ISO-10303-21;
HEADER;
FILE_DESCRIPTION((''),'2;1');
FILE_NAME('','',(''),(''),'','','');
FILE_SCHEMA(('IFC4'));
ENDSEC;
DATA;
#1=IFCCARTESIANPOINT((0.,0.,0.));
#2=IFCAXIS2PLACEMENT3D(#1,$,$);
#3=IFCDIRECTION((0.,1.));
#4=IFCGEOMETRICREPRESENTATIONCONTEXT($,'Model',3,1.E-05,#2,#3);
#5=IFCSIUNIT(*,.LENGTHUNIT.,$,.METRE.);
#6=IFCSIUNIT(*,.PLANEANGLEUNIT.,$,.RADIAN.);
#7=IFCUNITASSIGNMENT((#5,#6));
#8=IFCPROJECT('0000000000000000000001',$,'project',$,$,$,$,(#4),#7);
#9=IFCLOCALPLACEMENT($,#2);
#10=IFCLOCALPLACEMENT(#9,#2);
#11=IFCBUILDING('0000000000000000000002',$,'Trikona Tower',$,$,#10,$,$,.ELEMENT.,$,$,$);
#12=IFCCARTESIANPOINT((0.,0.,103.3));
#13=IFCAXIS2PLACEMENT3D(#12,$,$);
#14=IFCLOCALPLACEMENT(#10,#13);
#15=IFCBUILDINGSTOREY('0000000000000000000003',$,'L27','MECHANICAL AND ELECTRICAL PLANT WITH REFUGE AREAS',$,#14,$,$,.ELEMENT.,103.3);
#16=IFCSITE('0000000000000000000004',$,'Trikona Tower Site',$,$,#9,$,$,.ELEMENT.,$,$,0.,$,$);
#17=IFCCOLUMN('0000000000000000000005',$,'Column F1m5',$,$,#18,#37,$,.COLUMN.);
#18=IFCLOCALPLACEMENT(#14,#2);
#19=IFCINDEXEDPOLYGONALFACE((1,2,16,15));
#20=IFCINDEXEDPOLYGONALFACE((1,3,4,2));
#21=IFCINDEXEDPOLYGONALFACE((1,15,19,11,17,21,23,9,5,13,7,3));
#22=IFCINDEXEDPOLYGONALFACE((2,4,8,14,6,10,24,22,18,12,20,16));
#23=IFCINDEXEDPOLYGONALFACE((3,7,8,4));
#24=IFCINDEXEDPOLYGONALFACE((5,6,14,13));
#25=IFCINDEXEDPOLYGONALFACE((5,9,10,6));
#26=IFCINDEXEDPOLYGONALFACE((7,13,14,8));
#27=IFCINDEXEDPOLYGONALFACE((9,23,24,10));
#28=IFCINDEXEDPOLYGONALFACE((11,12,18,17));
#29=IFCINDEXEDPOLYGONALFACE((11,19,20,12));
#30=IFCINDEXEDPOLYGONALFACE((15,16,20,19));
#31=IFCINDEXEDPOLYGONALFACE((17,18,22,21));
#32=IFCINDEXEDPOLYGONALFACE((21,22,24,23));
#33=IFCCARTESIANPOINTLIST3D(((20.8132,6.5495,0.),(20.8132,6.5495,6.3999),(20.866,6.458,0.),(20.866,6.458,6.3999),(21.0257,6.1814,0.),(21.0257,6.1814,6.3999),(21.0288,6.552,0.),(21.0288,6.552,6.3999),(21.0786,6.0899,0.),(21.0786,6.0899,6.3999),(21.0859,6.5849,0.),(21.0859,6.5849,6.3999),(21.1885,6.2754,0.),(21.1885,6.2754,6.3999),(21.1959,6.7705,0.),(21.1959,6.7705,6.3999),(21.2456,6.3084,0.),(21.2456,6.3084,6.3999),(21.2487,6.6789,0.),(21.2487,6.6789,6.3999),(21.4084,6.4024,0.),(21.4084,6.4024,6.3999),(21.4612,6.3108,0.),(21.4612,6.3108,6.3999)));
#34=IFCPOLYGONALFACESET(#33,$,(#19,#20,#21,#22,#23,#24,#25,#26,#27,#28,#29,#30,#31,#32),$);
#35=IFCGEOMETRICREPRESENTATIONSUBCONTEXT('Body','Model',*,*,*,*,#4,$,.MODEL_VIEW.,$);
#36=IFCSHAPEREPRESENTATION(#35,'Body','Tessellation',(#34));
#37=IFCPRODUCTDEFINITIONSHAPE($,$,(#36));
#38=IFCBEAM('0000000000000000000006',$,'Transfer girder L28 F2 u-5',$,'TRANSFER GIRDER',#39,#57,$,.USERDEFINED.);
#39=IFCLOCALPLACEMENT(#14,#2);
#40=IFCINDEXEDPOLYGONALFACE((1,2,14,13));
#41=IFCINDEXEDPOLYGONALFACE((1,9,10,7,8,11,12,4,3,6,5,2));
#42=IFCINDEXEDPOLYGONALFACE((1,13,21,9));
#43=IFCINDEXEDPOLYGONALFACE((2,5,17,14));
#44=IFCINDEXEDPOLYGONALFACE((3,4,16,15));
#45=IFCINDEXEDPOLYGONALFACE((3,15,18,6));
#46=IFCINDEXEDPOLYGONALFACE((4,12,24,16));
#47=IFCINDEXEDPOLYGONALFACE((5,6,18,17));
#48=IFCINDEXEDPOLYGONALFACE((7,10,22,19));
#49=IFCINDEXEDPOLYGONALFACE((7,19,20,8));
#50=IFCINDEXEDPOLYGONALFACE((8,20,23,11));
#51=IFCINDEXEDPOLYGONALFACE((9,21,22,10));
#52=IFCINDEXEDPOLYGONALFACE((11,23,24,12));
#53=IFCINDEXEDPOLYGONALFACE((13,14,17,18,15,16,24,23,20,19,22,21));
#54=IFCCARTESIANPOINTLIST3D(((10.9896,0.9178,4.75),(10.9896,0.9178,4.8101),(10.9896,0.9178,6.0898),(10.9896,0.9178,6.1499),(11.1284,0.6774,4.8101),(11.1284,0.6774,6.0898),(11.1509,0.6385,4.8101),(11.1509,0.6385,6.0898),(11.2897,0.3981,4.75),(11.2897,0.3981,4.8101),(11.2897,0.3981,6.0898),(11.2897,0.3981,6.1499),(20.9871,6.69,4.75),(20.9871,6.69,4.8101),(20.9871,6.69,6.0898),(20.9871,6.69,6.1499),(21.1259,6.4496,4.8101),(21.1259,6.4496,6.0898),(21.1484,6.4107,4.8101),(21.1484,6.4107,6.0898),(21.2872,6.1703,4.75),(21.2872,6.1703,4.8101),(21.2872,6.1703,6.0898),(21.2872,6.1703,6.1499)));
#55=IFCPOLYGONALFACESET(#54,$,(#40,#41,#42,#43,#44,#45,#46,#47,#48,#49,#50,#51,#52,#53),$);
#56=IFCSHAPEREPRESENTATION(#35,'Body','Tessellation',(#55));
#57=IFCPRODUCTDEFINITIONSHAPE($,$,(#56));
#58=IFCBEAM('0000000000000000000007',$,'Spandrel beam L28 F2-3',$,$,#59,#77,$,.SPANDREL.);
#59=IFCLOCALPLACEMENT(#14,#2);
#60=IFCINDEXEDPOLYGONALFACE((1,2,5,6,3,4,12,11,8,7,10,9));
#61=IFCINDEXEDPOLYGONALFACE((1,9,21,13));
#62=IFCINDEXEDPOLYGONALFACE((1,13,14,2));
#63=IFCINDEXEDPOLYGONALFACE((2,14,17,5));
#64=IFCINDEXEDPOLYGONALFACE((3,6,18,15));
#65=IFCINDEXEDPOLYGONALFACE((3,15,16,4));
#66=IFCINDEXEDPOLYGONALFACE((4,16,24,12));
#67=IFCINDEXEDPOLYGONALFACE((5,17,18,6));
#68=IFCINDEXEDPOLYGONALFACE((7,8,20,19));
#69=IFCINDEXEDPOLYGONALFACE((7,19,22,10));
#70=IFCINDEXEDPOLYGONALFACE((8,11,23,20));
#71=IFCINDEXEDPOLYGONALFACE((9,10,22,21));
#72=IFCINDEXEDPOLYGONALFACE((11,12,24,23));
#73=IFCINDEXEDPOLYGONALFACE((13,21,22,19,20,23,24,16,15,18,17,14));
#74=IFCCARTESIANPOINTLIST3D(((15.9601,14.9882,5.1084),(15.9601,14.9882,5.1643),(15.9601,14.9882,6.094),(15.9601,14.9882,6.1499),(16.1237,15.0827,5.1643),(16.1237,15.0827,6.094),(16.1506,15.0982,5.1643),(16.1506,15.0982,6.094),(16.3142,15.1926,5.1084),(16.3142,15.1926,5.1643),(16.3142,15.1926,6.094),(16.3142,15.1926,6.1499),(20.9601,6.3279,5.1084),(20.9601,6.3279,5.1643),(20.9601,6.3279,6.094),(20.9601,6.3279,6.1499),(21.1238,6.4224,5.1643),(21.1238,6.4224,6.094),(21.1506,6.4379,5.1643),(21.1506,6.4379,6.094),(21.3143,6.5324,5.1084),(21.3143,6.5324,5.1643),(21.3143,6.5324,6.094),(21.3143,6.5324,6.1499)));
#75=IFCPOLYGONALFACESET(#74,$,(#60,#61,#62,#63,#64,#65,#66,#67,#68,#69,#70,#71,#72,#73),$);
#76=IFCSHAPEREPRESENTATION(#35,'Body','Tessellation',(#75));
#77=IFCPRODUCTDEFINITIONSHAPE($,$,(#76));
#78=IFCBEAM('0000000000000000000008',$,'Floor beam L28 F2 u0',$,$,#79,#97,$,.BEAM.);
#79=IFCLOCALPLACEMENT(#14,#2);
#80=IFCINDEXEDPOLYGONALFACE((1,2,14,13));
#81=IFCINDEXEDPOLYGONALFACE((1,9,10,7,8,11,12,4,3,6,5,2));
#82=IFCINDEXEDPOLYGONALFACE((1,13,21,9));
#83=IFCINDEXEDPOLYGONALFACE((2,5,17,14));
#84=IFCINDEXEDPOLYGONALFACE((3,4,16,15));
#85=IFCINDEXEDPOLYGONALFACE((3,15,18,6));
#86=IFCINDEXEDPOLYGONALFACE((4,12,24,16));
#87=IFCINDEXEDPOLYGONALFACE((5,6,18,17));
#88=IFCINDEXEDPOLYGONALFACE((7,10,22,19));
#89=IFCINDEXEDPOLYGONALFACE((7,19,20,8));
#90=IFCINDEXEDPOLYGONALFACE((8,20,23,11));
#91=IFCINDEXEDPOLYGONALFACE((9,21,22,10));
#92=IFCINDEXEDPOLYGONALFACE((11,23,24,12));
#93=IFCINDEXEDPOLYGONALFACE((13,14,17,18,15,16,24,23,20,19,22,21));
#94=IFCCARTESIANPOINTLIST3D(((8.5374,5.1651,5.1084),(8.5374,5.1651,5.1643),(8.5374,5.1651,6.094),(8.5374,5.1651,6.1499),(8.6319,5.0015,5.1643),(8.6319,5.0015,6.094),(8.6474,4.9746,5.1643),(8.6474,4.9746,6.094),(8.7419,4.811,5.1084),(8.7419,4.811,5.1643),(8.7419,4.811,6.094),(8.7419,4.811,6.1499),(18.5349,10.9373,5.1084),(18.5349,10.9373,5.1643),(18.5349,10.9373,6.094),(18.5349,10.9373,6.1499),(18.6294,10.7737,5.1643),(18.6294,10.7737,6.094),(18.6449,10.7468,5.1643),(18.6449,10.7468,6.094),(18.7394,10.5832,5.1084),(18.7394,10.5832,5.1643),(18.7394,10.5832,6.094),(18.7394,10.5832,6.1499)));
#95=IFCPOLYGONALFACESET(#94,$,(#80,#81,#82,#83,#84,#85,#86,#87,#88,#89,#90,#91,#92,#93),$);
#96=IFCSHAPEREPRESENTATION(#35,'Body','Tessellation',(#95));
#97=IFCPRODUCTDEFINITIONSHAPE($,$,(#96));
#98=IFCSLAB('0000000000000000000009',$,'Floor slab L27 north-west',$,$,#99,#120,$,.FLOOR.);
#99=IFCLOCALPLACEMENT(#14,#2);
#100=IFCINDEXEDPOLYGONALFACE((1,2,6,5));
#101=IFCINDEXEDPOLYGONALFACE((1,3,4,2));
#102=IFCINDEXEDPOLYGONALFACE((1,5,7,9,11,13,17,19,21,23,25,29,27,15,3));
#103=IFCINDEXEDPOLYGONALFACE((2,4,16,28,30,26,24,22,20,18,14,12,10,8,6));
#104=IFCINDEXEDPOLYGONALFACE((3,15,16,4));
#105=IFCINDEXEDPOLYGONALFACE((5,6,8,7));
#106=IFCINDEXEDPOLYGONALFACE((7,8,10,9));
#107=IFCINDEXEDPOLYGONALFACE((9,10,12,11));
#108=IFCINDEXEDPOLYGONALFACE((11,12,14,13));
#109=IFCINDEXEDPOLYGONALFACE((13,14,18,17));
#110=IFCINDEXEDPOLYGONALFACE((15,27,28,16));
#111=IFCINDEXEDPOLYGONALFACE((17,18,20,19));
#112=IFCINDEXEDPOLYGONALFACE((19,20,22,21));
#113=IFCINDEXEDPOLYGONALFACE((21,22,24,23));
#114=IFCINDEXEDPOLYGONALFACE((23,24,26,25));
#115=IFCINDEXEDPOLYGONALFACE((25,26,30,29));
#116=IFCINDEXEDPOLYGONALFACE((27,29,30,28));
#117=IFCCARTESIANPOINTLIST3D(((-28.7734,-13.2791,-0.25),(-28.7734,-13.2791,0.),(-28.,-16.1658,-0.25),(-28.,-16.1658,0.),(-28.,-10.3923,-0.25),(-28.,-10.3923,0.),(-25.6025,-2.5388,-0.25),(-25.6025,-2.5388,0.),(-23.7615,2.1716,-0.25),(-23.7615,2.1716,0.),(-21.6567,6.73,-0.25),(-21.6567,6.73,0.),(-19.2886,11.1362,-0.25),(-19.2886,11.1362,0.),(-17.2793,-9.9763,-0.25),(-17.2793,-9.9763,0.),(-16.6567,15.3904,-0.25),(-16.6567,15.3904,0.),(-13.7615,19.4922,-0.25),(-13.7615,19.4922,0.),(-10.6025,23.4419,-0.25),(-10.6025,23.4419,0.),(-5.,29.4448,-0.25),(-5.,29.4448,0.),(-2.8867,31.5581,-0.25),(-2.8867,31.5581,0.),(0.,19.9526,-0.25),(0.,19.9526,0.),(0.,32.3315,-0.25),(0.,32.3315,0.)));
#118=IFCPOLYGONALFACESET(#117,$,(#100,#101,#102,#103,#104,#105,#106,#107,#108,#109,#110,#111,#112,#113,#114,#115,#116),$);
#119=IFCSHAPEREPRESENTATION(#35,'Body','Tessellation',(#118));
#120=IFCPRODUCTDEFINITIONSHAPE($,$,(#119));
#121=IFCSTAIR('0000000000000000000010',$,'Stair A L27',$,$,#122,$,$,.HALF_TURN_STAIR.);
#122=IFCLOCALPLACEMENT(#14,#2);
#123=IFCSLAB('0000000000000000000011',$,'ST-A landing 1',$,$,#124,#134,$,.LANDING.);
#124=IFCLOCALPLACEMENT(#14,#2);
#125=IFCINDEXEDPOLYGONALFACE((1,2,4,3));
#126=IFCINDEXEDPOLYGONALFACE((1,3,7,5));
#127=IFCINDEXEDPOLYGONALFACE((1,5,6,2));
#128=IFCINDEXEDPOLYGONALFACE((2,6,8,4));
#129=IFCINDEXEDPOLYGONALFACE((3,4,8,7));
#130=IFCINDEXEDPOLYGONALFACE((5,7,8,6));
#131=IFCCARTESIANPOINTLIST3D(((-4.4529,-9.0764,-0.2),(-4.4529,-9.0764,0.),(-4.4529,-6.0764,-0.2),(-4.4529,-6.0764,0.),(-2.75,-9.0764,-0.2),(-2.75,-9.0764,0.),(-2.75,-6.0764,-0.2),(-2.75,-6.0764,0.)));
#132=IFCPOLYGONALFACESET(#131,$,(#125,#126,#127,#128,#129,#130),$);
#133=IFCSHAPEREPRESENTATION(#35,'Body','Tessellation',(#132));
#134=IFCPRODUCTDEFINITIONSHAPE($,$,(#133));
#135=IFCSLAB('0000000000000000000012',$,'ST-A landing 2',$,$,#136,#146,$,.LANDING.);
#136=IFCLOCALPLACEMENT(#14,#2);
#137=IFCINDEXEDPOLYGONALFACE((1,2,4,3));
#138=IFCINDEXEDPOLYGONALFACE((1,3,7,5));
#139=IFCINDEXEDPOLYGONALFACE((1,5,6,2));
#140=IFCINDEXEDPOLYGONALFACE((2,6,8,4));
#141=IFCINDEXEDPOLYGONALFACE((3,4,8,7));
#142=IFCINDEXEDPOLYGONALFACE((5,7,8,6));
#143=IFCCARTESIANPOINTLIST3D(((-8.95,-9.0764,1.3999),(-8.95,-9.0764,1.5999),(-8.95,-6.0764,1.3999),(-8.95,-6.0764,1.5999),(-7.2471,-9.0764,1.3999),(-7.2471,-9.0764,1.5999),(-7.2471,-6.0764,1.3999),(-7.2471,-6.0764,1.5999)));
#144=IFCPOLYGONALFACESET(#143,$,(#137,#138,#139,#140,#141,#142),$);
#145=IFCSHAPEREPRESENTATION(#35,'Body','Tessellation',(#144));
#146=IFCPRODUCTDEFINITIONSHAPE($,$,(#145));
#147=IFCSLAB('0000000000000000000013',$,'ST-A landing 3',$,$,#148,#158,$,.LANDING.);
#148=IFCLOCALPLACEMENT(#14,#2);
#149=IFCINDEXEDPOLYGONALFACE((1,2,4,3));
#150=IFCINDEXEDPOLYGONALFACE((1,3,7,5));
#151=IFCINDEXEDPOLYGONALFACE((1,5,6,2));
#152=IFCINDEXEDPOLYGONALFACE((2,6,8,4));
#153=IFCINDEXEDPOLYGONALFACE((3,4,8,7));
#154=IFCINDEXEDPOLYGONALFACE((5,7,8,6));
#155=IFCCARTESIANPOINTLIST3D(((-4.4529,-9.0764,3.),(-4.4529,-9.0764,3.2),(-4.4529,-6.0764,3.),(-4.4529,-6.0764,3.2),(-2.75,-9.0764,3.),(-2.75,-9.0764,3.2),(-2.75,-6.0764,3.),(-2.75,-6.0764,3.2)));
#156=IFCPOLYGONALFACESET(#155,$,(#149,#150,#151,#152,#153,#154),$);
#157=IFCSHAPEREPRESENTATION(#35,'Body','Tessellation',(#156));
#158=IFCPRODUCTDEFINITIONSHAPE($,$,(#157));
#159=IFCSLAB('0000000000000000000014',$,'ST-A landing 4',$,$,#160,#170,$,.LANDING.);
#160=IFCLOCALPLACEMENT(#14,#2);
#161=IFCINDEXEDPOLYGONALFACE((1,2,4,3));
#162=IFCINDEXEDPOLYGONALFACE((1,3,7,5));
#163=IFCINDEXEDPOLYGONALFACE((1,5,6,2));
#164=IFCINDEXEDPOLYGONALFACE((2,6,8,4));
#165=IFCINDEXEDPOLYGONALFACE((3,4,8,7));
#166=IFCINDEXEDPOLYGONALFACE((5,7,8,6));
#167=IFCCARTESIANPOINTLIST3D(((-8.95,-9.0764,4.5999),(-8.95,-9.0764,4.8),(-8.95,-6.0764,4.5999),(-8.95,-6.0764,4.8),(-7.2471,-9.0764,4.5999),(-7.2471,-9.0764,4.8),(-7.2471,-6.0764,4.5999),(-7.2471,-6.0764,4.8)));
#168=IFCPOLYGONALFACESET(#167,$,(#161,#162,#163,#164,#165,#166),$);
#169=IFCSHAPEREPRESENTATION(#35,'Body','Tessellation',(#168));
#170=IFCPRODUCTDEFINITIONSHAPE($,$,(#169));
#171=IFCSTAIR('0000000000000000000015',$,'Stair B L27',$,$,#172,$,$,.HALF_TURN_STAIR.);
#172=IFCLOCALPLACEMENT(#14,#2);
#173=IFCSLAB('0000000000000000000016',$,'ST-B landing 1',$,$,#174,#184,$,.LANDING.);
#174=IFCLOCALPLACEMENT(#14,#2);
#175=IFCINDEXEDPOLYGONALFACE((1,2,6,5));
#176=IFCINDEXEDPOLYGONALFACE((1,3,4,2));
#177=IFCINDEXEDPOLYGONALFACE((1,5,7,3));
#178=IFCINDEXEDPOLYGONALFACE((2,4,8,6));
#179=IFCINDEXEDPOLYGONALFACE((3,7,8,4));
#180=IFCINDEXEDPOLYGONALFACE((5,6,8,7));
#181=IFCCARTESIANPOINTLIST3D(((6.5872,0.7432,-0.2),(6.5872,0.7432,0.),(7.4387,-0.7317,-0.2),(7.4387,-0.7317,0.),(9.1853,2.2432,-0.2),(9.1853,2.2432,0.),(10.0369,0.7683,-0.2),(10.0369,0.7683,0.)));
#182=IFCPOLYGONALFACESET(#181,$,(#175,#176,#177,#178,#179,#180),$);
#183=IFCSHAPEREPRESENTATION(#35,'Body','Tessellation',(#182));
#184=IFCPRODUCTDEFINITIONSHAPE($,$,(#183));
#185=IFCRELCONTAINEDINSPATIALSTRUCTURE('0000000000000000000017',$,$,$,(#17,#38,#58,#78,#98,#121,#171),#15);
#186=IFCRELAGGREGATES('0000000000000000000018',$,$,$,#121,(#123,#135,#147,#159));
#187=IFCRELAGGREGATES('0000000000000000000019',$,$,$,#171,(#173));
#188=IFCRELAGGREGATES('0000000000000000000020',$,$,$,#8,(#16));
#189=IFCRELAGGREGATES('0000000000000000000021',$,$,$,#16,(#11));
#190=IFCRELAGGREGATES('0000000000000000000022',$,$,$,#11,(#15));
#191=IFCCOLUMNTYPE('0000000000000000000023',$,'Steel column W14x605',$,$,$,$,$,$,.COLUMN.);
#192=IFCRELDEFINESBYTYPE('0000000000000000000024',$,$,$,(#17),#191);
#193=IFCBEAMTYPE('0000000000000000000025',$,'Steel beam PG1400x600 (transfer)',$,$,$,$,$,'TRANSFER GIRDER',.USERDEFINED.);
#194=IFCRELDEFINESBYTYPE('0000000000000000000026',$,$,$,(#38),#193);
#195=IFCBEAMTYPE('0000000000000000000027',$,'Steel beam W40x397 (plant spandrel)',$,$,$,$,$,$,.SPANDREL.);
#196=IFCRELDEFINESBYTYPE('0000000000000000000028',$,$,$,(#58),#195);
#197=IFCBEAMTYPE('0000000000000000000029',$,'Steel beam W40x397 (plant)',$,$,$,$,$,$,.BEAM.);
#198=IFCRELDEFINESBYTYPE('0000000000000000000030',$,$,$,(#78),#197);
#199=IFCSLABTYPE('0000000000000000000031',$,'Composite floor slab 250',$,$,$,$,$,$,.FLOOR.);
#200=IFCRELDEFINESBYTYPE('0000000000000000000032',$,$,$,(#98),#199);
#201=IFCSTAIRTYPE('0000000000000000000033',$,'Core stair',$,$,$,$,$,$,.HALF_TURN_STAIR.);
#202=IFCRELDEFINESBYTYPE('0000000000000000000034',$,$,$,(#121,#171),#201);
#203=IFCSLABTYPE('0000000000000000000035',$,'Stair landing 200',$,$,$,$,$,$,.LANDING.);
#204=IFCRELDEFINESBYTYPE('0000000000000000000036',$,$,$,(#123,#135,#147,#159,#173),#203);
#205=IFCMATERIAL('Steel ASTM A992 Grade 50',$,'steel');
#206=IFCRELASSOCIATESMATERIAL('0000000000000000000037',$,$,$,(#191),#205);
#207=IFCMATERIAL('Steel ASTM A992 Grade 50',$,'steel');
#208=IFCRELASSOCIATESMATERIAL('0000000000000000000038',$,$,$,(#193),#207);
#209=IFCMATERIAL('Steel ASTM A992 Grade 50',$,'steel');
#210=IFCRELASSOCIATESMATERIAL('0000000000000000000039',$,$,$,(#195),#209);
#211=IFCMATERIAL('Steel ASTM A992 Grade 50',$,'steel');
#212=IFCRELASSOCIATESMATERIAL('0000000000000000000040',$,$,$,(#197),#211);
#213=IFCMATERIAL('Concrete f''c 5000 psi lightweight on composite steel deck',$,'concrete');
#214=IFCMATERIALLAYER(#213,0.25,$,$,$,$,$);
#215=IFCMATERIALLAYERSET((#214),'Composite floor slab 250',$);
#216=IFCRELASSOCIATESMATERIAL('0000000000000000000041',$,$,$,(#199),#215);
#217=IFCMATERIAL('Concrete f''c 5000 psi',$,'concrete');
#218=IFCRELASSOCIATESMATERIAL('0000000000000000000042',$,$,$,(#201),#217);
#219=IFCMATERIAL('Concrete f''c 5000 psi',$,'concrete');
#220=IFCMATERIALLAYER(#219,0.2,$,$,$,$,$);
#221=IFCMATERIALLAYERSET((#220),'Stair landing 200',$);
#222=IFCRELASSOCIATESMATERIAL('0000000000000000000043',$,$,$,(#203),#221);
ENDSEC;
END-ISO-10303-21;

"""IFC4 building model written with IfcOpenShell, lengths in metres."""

from ifc_helpers import new_model, si_unit, direction, frame, origin, origin_2d, place, context, subcontext, project, spatial, polyline, i_section, outline, extrude, material, layer, layer_set, material_profile, profile_set, type_object, element, aggregate, save


model = new_model("IFC4")

# Units and contexts
model_context = context("Model", 3, precision=1e-05, world=origin(), true_north=direction((0.0, 1.0)))
body_context = subcontext(model_context, "Body", "Model", "MODEL_VIEW")
ifc_project = project(units=[si_unit("LENGTHUNIT", "METRE"), si_unit("PLANEANGLEUNIT", "RADIAN")], contexts=[model_context])

# Site, building, storey
site_placement = place(None, origin())
site = spatial("IfcSite", under=ifc_project, at=site_placement, Name="Trikona Tower Site", CompositionType="ELEMENT", RefElevation=0.0)
building_placement = place(site_placement, origin())
building = spatial("IfcBuilding", under=site, at=building_placement, Name="Trikona Tower", CompositionType="ELEMENT")
storey_placement = place(building_placement, frame((0.0, 0.0, 103.3)))
storey = spatial("IfcBuildingStorey", under=building, at=storey_placement, Name="L27", Description="MECHANICAL AND ELECTRICAL PLANT WITH REFUGE AREAS", CompositionType="ELEMENT", Elevation=103.3)

# Column
ifc_material_1 = material(Name="Steel ASTM A992 Grade 50", Category="steel")
ifc_material_profile_1 = material_profile(ifc_material_1, i_section(OverallWidth=0.4419, OverallDepth=0.5308, WebThickness=0.0659, FlangeThickness=0.1057, at=origin_2d()), Name="W14X605")
ifc_profile_set_1 = profile_set([ifc_material_profile_1], Name="Steel ASTM A992 Grade 50")
column_type = type_object("IfcColumnType", Name="Steel column W14x605", PredefinedType="COLUMN", material=ifc_profile_set_1)
column_placement = place(storey_placement, frame((21.1372, 6.4302, 0.0), z_axis=(0.0, 0.0, 1.0), x_axis=(0.866025, 0.5, 0.0)))
element("IfcColumn", 1, at=column_placement, inside=storey, type_object=column_type, Name="Column F1m5", PredefinedType="COLUMN", context=body_context, shape_type="SweptSolid", body=[
    extrude(i_section(OverallWidth=0.4419, OverallDepth=0.5308, WebThickness=0.0659, FlangeThickness=0.1057, at=origin_2d()), origin(), (0.0, 0.0, 1.0), 6.3999),
])

# Beams
ifc_material_2 = material(Name="Steel ASTM A992 Grade 50", Category="steel")
ifc_material_profile_2 = material_profile(ifc_material_2, i_section(OverallWidth=0.6001, OverallDepth=1.3999, WebThickness=0.0449, FlangeThickness=0.0601, at=origin_2d()), Name="PG1400X600")
ifc_profile_set_2 = profile_set([ifc_material_profile_2], Name="Steel ASTM A992 Grade 50")
beam_type_1 = type_object("IfcBeamType", Name="Steel beam PG1400x600 (transfer)", ElementType="TRANSFER GIRDER", PredefinedType="USERDEFINED", material=ifc_profile_set_2)
beam_1_placement = place(storey_placement, frame((11.1396, 0.658, 5.45), z_axis=(0.866021, 0.500008, 0.0), x_axis=(-0.500008, 0.866021, 0.0)))
element("IfcBeam", 2, at=beam_1_placement, inside=storey, type_object=beam_type_1, Name="Transfer girder L28 F2 u-5", ObjectType="TRANSFER GIRDER", PredefinedType="USERDEFINED", context=body_context, shape_type="SweptSolid", body=[
    extrude(i_section(OverallWidth=0.6001, OverallDepth=1.3999, WebThickness=0.0449, FlangeThickness=0.0601, at=origin_2d()), origin(), (0.0, 0.0, 1.0), 11.5442),
])
ifc_material_3 = material(Name="Steel ASTM A992 Grade 50", Category="steel")
ifc_material_profile_3 = material_profile(ifc_material_3, i_section(OverallWidth=0.4089, OverallDepth=1.0415, WebThickness=0.031, FlangeThickness=0.0559, at=origin_2d()), Name="W40X397")
ifc_profile_set_3 = profile_set([ifc_material_profile_3], Name="Steel ASTM A992 Grade 50")
beam_type_2 = type_object("IfcBeamType", Name="Steel beam W40x397 (plant spandrel)", PredefinedType="SPANDREL", material=ifc_profile_set_3)
beam_2_placement = place(storey_placement, frame((21.1372, 6.4302, 5.6292), z_axis=(-0.500004, 0.866023, 0.0), x_axis=(-0.866023, -0.500004, 0.0)))
element("IfcBeam", 3, at=beam_2_placement, inside=storey, type_object=beam_type_2, Name="Spandrel beam L28 F2-3", PredefinedType="SPANDREL", context=body_context, shape_type="SweptSolid", body=[
    extrude(i_section(OverallWidth=0.4089, OverallDepth=1.0415, WebThickness=0.031, FlangeThickness=0.0559, at=origin_2d()), origin(), (0.0, 0.0, 1.0), 10.0),
])
ifc_material_4 = material(Name="Steel ASTM A992 Grade 50", Category="steel")
ifc_material_profile_4 = material_profile(ifc_material_4, i_section(OverallWidth=0.4089, OverallDepth=1.0415, WebThickness=0.031, FlangeThickness=0.0559, at=origin_2d()), Name="W40X397")
ifc_profile_set_4 = profile_set([ifc_material_profile_4], Name="Steel ASTM A992 Grade 50")
beam_type_3 = type_object("IfcBeamType", Name="Steel beam W40x397 (plant)", PredefinedType="BEAM", material=ifc_profile_set_4)
beam_3_placement = place(storey_placement, frame((8.6396, 4.988, 5.6292), z_axis=(0.866021, 0.500008, 0.0), x_axis=(-0.500008, 0.866021, 0.0)))
element("IfcBeam", 4, at=beam_3_placement, inside=storey, type_object=beam_type_3, Name="Floor beam L28 F2 u0", PredefinedType="BEAM", context=body_context, shape_type="SweptSolid", body=[
    extrude(i_section(OverallWidth=0.4089, OverallDepth=1.0415, WebThickness=0.031, FlangeThickness=0.0559, at=origin_2d()), origin(), (0.0, 0.0, 1.0), 11.5442),
])

# Slab
ifc_material_5 = material(Name="Concrete f'c 5000 psi lightweight on composite steel deck", Category="concrete")
ifc_layer_1 = layer(ifc_material_5, 0.25)
ifc_layer_set_1 = layer_set([ifc_layer_1], Name="Composite floor slab 250")
slab_type_1 = type_object("IfcSlabType", Name="Composite floor slab 250", PredefinedType="FLOOR", material=ifc_layer_set_1)
slab_1_placement = place(storey_placement, frame((0.0, 0.0, -0.25)))
element("IfcSlab", 5, at=slab_1_placement, inside=storey, type_object=slab_type_1, Name="Floor slab L27 north-west", PredefinedType="FLOOR", context=body_context, shape_type="SweptSolid", body=[
    extrude(outline(polyline([(0.0, 19.9526), (0.0, 32.3315), (-2.8867, 31.5581), (-5.0, 29.4448), (-10.6025, 23.4419), (-13.7615, 19.4922), (-16.6567, 15.3904), (-19.2886, 11.1362), (-21.6567, 6.73), (-23.7615, 2.1716), (-25.6025, -2.5388), (-28.0, -10.3923), (-28.7734, -13.2791), (-28.0, -16.1658), (-17.2793, -9.9763), (0.0, 19.9526)])), origin(), (0.0, 0.0, 1.0), 0.25),
])

# Stairs, slabs
ifc_material_6 = material(Name="Concrete f'c 5000 psi", Category="concrete")
stair_type = type_object("IfcStairType", Name="Core stair", PredefinedType="HALF_TURN_STAIR", material=ifc_material_6)
stair_1_placement = place(storey_placement, origin())
stair_1 = element("IfcStair", 6, at=stair_1_placement, inside=storey, type_object=stair_type, Name="Stair A L27", PredefinedType="HALF_TURN_STAIR")
ifc_material_7 = material(Name="Concrete f'c 5000 psi", Category="concrete")
ifc_layer_2 = layer(ifc_material_7, 0.2)
ifc_layer_set_2 = layer_set([ifc_layer_2], Name="Stair landing 200")
slab_type_2 = type_object("IfcSlabType", Name="Stair landing 200", PredefinedType="LANDING", material=ifc_layer_set_2)
slab_2_placement = place(storey_placement, frame((0.0, 0.0, -0.2)))
slab_2 = element("IfcSlab", 7, at=slab_2_placement, type_object=slab_type_2, Name="ST-A landing 1", PredefinedType="LANDING", context=body_context, shape_type="SweptSolid", body=[
    extrude(outline(polyline([(-4.4529, -6.0764), (-2.75, -6.0764), (-2.75, -9.0764), (-4.4529, -9.0764), (-4.4529, -6.0764)])), origin(), (0.0, 0.0, 1.0), 0.2),
])
slab_3_placement = place(storey_placement, frame((0.0, 0.0, 1.3999)))
slab_3 = element("IfcSlab", 8, at=slab_3_placement, type_object=slab_type_2, Name="ST-A landing 2", PredefinedType="LANDING", context=body_context, shape_type="SweptSolid", body=[
    extrude(outline(polyline([(-8.95, -6.0764), (-7.2471, -6.0764), (-7.2471, -9.0764), (-8.95, -9.0764), (-8.95, -6.0764)])), origin(), (0.0, 0.0, 1.0), 0.2),
])
slab_4_placement = place(storey_placement, frame((0.0, 0.0, 3.0)))
slab_4 = element("IfcSlab", 9, at=slab_4_placement, type_object=slab_type_2, Name="ST-A landing 3", PredefinedType="LANDING", context=body_context, shape_type="SweptSolid", body=[
    extrude(outline(polyline([(-4.4529, -6.0764), (-2.75, -6.0764), (-2.75, -9.0764), (-4.4529, -9.0764), (-4.4529, -6.0764)])), origin(), (0.0, 0.0, 1.0), 0.2),
])
slab_5_placement = place(storey_placement, frame((0.0, 0.0, 4.5999)))
slab_5 = element("IfcSlab", 10, at=slab_5_placement, type_object=slab_type_2, Name="ST-A landing 4", PredefinedType="LANDING", context=body_context, shape_type="SweptSolid", body=[
    extrude(outline(polyline([(-8.95, -6.0764), (-7.2471, -6.0764), (-7.2471, -9.0764), (-8.95, -9.0764), (-8.95, -6.0764)])), origin(), (0.0, 0.0, 1.0), 0.2002),
])
aggregate(stair_1, [slab_2, slab_3, slab_4, slab_5])
stair_2_placement = place(storey_placement, origin())
stair_2 = element("IfcStair", 11, at=stair_2_placement, inside=storey, type_object=stair_type, Name="Stair B L27", PredefinedType="HALF_TURN_STAIR")
slab_6_placement = place(storey_placement, frame((0.0, 0.0, -0.2)))
slab_6 = element("IfcSlab", 12, at=slab_6_placement, type_object=slab_type_2, Name="ST-B landing 1", PredefinedType="LANDING", context=body_context, shape_type="SweptSolid", body=[
    extrude(outline(polyline([(7.4387, -0.7317), (6.5872, 0.7432), (9.1853, 2.2432), (10.0369, 0.7683), (7.4387, -0.7317)])), origin(), (0.0, 0.0, 1.0), 0.2),
])

aggregate(stair_2, [slab_6])

save(model, "model.ifc")
